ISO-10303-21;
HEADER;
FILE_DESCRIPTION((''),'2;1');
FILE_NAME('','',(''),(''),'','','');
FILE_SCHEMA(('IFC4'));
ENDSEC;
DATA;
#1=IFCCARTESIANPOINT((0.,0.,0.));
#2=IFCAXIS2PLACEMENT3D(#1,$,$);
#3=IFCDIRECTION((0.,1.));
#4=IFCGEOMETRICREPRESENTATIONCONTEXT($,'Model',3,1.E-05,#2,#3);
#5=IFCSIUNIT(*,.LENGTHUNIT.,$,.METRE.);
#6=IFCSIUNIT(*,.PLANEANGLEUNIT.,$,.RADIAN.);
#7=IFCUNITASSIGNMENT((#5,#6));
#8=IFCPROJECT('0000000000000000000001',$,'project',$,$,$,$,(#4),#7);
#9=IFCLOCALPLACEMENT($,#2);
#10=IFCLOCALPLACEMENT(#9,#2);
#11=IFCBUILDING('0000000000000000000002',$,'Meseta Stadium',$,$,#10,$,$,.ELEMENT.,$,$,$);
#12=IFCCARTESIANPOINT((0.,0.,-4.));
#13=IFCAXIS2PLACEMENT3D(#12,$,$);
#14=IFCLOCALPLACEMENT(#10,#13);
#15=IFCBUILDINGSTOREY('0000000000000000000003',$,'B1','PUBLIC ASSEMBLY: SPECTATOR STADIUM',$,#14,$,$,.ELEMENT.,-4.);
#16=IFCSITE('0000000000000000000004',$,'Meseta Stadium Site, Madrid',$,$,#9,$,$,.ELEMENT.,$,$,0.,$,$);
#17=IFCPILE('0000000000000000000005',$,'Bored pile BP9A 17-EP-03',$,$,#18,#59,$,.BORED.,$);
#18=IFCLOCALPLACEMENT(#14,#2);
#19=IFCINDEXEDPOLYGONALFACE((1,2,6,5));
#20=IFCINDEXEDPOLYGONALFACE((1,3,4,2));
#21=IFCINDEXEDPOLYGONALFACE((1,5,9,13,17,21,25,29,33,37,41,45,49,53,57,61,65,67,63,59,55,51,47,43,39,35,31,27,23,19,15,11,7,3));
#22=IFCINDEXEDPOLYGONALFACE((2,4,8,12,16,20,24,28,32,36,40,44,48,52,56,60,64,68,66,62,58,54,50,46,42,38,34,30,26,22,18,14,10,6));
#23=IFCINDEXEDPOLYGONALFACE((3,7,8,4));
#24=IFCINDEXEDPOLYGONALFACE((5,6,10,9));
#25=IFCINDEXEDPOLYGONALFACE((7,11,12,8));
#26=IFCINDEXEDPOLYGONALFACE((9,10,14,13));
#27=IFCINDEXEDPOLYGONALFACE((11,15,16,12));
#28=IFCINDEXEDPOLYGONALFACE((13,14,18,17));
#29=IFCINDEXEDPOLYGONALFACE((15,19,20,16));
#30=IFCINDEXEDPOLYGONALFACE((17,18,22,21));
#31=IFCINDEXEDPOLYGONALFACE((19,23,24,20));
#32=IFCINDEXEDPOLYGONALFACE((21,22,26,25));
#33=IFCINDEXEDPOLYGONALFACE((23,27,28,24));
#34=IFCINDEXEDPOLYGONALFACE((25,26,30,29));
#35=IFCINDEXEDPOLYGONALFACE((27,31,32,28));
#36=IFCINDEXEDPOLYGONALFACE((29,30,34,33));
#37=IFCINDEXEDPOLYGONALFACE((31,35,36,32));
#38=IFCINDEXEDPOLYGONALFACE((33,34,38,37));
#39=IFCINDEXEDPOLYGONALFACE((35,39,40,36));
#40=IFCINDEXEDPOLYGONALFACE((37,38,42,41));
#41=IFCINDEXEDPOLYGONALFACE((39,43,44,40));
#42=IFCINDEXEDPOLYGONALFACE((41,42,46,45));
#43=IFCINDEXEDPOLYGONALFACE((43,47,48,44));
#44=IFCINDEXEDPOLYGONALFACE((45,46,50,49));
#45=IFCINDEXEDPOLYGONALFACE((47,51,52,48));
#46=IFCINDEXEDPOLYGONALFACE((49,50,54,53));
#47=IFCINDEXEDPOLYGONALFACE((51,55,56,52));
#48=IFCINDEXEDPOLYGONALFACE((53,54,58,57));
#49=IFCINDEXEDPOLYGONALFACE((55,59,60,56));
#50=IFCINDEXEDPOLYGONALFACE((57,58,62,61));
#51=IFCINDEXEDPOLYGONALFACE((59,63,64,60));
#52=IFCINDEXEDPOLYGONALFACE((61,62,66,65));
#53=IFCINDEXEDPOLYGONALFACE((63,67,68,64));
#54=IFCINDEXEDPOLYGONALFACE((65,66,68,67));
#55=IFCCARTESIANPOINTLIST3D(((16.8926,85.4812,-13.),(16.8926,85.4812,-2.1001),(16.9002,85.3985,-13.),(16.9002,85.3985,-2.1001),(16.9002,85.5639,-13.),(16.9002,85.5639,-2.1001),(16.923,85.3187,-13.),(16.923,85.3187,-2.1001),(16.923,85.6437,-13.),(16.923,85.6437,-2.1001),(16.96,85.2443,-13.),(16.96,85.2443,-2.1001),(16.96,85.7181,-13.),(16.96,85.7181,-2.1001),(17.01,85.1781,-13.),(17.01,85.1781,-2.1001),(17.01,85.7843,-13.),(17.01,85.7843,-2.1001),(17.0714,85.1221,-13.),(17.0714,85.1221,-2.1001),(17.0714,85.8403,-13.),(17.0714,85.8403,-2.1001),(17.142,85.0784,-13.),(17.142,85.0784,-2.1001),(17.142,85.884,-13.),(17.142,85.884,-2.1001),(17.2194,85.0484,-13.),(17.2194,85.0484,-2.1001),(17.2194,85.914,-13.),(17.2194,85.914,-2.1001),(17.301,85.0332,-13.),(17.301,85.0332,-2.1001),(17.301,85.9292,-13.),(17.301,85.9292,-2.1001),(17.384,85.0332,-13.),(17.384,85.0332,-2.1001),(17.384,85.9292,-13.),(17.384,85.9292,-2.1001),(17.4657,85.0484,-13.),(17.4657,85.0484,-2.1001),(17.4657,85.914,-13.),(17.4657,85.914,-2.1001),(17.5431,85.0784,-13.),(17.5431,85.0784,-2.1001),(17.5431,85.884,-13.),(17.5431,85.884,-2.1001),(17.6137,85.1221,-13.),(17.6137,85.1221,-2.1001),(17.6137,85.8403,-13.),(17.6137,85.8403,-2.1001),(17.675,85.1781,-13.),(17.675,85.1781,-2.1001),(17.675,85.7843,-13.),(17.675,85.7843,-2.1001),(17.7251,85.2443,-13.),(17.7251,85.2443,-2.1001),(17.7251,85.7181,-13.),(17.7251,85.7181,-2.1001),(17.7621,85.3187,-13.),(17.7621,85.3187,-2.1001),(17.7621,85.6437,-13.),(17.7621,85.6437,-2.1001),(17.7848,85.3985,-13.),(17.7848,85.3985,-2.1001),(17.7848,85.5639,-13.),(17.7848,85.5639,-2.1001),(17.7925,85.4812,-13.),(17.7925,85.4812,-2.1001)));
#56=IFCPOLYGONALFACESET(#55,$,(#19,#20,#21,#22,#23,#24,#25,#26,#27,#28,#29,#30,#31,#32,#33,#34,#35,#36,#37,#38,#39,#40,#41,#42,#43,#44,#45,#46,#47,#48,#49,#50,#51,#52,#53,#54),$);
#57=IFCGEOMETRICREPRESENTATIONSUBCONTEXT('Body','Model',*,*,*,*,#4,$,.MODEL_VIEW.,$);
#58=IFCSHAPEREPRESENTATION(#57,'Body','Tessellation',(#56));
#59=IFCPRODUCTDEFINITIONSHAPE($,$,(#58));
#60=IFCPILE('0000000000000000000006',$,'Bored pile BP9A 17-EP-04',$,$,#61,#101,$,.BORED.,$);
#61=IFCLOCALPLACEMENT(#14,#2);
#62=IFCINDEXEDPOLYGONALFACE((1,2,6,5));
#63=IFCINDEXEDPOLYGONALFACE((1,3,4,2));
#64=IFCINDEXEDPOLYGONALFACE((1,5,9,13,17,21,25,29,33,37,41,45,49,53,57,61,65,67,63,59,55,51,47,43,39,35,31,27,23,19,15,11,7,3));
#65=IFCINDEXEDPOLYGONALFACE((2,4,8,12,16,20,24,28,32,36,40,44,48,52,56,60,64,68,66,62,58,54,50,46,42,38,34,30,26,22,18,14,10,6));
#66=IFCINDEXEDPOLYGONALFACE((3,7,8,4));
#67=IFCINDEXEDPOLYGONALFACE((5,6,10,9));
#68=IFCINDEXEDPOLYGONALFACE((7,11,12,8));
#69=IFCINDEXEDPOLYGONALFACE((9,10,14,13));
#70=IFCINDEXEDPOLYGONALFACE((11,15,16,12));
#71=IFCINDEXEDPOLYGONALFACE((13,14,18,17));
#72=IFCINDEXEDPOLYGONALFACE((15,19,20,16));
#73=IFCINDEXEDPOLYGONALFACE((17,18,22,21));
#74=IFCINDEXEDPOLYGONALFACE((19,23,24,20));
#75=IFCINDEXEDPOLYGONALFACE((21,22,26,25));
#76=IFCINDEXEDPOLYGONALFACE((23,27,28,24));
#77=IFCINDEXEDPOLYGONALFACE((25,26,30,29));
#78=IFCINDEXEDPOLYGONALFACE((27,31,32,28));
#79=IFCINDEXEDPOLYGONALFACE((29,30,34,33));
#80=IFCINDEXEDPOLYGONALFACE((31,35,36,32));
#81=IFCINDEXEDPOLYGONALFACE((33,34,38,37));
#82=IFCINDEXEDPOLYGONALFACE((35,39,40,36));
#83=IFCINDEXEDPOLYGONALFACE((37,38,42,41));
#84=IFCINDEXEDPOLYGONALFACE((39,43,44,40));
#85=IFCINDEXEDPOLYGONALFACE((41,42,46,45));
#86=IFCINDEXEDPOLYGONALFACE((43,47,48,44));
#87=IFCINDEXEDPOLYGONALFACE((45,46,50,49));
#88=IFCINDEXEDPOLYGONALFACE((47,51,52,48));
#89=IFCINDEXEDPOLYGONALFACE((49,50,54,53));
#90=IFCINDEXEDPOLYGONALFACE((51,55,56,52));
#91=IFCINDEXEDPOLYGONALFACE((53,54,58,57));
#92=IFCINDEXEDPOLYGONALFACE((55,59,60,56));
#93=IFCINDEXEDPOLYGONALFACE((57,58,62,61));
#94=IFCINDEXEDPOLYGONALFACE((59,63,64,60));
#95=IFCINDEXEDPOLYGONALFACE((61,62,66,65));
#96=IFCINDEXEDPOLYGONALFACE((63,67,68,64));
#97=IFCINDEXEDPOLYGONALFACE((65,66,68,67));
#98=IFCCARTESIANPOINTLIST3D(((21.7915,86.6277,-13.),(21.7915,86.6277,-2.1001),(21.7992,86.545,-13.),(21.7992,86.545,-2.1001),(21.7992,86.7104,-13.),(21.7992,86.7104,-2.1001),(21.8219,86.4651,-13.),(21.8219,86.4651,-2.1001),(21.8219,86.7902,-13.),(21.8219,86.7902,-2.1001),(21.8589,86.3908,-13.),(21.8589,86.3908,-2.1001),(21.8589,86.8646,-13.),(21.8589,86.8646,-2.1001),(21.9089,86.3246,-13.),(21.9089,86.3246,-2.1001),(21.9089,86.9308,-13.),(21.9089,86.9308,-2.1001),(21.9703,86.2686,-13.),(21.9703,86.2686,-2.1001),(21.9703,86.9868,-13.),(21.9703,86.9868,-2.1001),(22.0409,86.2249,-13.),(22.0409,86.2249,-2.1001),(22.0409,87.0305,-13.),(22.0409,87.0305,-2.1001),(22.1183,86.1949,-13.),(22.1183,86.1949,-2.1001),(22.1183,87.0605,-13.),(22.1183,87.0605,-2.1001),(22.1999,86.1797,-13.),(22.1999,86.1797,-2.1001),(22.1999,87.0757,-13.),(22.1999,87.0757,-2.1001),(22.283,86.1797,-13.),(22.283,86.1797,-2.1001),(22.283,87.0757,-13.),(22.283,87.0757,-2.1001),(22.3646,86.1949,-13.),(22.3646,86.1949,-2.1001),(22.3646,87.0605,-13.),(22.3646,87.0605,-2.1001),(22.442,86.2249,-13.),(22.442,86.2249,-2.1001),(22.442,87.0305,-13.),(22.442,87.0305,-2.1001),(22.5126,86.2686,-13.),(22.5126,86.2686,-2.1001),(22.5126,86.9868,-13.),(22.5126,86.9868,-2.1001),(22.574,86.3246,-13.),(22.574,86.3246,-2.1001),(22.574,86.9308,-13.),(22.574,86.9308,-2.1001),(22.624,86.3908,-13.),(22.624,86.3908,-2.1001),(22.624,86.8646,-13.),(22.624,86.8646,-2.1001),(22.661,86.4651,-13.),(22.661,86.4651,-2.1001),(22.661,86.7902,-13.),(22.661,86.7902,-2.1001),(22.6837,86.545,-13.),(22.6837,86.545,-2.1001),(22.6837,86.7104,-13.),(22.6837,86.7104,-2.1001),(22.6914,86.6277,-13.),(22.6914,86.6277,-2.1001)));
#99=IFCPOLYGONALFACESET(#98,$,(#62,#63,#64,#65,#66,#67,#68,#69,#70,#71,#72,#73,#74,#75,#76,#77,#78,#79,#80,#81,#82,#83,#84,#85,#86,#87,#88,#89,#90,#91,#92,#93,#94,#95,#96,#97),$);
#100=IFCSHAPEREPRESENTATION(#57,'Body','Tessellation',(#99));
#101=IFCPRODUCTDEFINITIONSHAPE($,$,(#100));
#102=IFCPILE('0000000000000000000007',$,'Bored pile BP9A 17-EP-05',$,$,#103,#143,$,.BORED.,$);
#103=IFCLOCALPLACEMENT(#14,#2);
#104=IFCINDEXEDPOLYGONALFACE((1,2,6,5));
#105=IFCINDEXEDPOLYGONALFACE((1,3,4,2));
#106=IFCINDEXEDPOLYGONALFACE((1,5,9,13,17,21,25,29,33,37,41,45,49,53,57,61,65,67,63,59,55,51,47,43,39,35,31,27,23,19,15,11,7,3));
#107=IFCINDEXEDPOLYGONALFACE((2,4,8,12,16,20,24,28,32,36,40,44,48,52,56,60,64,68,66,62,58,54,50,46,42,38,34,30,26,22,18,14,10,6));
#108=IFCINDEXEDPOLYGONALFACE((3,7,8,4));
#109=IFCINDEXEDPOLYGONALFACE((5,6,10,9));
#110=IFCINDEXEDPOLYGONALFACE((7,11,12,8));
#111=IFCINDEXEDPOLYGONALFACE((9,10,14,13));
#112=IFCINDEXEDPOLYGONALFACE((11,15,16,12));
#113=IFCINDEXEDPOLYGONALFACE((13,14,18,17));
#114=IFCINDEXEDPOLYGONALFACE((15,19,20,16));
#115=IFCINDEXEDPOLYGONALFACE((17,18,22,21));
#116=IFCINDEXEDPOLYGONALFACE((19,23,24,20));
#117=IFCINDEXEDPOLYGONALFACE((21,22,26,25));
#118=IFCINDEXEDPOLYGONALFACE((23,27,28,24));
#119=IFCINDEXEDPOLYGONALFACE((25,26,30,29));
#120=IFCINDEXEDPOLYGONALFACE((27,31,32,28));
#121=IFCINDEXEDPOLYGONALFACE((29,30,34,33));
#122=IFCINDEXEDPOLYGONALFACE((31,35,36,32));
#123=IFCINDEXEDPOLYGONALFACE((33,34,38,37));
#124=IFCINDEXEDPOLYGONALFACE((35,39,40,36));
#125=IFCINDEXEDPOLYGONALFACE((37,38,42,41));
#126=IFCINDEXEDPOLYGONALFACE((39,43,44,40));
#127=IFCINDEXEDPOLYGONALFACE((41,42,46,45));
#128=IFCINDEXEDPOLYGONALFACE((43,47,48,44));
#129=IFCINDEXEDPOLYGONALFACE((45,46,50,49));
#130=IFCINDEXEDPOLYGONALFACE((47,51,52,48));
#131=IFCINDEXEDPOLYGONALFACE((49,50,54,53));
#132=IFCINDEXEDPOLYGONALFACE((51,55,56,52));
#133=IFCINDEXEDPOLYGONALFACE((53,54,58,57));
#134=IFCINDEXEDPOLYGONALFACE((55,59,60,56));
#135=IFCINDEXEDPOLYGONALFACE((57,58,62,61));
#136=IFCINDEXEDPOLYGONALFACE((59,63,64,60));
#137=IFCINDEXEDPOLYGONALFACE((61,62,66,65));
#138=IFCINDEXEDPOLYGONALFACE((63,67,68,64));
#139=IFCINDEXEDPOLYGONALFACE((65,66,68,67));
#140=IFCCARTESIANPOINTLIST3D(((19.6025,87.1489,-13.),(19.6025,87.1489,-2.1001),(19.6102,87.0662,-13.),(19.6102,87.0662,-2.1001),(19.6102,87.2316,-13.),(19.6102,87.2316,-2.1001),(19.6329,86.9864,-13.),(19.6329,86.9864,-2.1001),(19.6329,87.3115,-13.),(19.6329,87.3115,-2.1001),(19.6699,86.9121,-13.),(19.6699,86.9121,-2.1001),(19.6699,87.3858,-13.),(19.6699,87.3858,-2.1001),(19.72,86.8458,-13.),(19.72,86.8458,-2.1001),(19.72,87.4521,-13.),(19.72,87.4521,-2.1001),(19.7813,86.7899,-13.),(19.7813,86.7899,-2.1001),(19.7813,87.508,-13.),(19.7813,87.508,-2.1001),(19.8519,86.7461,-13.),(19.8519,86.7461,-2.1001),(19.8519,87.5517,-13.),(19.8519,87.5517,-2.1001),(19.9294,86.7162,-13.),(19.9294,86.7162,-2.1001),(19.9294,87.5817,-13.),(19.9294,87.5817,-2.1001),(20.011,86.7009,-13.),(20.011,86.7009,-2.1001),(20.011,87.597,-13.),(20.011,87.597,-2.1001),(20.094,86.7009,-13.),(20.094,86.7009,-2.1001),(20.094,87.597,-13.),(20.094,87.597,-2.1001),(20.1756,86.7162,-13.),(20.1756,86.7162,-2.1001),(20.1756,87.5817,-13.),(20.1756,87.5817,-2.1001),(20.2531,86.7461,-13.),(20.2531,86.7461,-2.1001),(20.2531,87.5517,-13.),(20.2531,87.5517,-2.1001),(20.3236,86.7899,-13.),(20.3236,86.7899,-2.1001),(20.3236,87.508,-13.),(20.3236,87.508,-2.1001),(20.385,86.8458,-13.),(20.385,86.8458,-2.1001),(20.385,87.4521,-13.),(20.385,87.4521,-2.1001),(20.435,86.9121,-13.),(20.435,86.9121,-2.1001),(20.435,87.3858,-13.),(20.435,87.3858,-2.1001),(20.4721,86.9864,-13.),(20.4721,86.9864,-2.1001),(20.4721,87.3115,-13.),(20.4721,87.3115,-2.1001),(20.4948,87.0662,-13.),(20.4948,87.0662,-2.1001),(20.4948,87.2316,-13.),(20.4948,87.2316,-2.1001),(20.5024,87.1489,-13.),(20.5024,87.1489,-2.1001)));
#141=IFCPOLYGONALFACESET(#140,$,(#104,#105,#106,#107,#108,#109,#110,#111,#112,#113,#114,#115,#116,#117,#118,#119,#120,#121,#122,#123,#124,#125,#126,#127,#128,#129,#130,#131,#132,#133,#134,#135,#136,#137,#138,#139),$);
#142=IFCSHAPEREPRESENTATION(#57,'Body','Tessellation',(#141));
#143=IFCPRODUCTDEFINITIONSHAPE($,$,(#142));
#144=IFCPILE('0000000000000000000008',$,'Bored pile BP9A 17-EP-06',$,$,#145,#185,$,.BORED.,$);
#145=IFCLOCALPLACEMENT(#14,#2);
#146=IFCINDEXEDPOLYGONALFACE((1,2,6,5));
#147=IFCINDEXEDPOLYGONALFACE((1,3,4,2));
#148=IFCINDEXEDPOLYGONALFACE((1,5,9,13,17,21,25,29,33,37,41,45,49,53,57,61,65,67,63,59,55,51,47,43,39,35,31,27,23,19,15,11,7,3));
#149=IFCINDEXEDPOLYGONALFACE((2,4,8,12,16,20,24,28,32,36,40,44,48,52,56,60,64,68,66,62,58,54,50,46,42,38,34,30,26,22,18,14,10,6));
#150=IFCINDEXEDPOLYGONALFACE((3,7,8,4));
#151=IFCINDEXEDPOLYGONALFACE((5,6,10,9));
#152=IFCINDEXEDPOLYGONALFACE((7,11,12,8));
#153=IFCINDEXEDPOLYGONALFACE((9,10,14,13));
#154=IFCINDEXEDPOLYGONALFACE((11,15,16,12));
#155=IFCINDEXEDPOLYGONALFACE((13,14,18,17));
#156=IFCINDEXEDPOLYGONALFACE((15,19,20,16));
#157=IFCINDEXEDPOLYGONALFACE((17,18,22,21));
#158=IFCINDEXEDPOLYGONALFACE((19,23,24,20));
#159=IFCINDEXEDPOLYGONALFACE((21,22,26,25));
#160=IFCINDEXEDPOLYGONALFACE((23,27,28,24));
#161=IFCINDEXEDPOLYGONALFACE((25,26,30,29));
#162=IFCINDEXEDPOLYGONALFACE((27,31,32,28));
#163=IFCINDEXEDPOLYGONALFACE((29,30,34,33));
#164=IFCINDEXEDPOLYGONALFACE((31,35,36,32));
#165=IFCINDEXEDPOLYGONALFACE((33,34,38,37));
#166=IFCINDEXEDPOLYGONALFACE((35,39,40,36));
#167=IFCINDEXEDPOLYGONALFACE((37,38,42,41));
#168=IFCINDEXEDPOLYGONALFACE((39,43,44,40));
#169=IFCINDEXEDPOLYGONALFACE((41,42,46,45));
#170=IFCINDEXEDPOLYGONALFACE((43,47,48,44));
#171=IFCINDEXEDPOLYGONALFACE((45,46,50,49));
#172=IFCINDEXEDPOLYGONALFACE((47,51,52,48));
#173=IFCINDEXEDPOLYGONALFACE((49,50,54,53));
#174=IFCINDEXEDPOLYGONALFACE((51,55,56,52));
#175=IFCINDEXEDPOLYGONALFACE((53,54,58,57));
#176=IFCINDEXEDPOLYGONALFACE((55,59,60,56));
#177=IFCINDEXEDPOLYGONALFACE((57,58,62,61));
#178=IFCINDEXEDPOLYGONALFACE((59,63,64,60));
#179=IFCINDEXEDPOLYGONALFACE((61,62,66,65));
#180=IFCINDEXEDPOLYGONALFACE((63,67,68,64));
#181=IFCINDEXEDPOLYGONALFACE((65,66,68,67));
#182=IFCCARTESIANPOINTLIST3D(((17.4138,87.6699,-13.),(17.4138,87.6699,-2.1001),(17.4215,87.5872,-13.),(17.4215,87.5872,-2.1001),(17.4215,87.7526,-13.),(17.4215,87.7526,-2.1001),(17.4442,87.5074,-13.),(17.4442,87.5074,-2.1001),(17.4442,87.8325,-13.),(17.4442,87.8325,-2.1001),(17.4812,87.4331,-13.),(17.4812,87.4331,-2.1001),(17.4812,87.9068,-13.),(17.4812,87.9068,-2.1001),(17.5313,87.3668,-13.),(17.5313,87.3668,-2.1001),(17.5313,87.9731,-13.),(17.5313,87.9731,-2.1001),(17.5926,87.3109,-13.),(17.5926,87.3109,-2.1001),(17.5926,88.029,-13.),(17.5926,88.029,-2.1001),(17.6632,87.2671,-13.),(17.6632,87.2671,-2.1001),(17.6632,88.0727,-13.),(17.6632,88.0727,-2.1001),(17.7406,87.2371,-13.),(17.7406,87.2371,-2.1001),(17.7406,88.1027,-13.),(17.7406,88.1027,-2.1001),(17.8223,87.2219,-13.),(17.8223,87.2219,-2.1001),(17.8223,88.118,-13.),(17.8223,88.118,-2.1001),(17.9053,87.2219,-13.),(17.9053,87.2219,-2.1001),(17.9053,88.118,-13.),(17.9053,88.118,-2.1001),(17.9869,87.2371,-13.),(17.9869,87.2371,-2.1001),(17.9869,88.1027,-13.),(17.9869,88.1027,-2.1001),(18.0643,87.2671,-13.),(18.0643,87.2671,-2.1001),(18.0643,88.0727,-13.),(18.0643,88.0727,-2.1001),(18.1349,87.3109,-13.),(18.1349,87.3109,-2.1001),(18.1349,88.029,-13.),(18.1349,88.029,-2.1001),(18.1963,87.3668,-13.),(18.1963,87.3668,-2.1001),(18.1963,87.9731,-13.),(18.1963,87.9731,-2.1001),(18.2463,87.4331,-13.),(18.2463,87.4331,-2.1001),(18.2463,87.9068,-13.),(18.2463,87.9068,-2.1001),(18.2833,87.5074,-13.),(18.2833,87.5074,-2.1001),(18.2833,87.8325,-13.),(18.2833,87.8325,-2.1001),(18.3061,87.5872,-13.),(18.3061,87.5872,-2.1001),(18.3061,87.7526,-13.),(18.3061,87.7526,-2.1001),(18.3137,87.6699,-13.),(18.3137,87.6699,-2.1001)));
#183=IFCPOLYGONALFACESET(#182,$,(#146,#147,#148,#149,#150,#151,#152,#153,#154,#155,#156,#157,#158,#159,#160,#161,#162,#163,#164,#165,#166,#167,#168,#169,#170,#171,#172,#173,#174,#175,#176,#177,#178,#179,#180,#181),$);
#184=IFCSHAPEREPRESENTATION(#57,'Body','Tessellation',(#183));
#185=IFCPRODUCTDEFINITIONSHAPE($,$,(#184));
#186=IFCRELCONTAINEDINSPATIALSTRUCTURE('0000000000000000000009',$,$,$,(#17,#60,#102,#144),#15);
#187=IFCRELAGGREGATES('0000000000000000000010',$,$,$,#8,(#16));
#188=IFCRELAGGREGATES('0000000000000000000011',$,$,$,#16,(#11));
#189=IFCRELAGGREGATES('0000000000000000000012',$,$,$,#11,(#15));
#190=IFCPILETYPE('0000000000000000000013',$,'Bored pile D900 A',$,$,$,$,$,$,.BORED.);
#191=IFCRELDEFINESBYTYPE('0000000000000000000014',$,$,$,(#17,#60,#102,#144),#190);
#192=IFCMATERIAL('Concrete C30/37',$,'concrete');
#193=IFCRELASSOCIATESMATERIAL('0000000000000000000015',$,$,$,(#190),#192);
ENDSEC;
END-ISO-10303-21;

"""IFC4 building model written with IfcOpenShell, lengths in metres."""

from ifc_helpers import new_model, si_unit, direction, frame, origin, origin_2d, place, context, subcontext, project, spatial, circle, extrude, material, material_profile, profile_set, type_object, element, save


model = new_model("IFC4")

# Units and contexts
model_context = context("Model", 3, precision=1e-05, world=origin(), true_north=direction((0.0, 1.0)))
body_context = subcontext(model_context, "Body", "Model", "MODEL_VIEW")
ifc_project = project(units=[si_unit("LENGTHUNIT", "METRE"), si_unit("PLANEANGLEUNIT", "RADIAN")], contexts=[model_context])

# Site, building, storey
site_placement = place(None, origin())
site = spatial("IfcSite", under=ifc_project, at=site_placement, Name="Meseta Stadium Site, Madrid", CompositionType="ELEMENT", RefElevation=0.0)
building_placement = place(site_placement, origin())
building = spatial("IfcBuilding", under=site, at=building_placement, Name="Meseta Stadium", CompositionType="ELEMENT")
storey_placement = place(building_placement, frame((0.0, 0.0, -4.0)))
storey = spatial("IfcBuildingStorey", under=building, at=storey_placement, Name="B1", Description="PUBLIC ASSEMBLY: SPECTATOR STADIUM", CompositionType="ELEMENT", Elevation=-4.0)

# Piles
ifc_material_1 = material(Name="Concrete C30/37", Category="concrete")
ifc_material_profile_1 = material_profile(ifc_material_1, circle(Radius=0.45, at=origin_2d()), Name="D900")
ifc_profile_set_1 = profile_set([ifc_material_profile_1], Name="Concrete C30/37")
pile_type = type_object("IfcPileType", Name="Bored pile D900 A", PredefinedType="BORED", material=ifc_profile_set_1)
for number, where, z_axis, x_axis, name in (
    (1, (17.3425, 85.4812, -2.1001), (0.0, 0.0, -1.0), (1.0, 0.0, 0.0), "Bored pile BP9A 17-EP-03"),
    (2, (22.2415, 86.6277, -2.1001), (0.0, 0.0, -1.0), (1.0, 0.0, 0.0), "Bored pile BP9A 17-EP-04"),
    (3, (20.0525, 87.1489, -2.1001), (0.0, 0.0, -1.0), (1.0, 0.0, 0.0), "Bored pile BP9A 17-EP-05"),
    (4, (17.8638, 87.6699, -2.1001), (0.0, 0.0, -1.0), (1.0, 0.0, 0.0), "Bored pile BP9A 17-EP-06"),
):
    element("IfcPile", number, at=place(storey_placement, frame(where, z_axis=z_axis, x_axis=x_axis)), inside=storey, type_object=pile_type, Name=name, PredefinedType="BORED", context=body_context, shape_type="SweptSolid", body=[
        extrude(circle(Radius=0.45, at=origin_2d()), origin(), (0.0, 0.0, 1.0), 10.8999),
    ])

save(model, "model.ifc")
